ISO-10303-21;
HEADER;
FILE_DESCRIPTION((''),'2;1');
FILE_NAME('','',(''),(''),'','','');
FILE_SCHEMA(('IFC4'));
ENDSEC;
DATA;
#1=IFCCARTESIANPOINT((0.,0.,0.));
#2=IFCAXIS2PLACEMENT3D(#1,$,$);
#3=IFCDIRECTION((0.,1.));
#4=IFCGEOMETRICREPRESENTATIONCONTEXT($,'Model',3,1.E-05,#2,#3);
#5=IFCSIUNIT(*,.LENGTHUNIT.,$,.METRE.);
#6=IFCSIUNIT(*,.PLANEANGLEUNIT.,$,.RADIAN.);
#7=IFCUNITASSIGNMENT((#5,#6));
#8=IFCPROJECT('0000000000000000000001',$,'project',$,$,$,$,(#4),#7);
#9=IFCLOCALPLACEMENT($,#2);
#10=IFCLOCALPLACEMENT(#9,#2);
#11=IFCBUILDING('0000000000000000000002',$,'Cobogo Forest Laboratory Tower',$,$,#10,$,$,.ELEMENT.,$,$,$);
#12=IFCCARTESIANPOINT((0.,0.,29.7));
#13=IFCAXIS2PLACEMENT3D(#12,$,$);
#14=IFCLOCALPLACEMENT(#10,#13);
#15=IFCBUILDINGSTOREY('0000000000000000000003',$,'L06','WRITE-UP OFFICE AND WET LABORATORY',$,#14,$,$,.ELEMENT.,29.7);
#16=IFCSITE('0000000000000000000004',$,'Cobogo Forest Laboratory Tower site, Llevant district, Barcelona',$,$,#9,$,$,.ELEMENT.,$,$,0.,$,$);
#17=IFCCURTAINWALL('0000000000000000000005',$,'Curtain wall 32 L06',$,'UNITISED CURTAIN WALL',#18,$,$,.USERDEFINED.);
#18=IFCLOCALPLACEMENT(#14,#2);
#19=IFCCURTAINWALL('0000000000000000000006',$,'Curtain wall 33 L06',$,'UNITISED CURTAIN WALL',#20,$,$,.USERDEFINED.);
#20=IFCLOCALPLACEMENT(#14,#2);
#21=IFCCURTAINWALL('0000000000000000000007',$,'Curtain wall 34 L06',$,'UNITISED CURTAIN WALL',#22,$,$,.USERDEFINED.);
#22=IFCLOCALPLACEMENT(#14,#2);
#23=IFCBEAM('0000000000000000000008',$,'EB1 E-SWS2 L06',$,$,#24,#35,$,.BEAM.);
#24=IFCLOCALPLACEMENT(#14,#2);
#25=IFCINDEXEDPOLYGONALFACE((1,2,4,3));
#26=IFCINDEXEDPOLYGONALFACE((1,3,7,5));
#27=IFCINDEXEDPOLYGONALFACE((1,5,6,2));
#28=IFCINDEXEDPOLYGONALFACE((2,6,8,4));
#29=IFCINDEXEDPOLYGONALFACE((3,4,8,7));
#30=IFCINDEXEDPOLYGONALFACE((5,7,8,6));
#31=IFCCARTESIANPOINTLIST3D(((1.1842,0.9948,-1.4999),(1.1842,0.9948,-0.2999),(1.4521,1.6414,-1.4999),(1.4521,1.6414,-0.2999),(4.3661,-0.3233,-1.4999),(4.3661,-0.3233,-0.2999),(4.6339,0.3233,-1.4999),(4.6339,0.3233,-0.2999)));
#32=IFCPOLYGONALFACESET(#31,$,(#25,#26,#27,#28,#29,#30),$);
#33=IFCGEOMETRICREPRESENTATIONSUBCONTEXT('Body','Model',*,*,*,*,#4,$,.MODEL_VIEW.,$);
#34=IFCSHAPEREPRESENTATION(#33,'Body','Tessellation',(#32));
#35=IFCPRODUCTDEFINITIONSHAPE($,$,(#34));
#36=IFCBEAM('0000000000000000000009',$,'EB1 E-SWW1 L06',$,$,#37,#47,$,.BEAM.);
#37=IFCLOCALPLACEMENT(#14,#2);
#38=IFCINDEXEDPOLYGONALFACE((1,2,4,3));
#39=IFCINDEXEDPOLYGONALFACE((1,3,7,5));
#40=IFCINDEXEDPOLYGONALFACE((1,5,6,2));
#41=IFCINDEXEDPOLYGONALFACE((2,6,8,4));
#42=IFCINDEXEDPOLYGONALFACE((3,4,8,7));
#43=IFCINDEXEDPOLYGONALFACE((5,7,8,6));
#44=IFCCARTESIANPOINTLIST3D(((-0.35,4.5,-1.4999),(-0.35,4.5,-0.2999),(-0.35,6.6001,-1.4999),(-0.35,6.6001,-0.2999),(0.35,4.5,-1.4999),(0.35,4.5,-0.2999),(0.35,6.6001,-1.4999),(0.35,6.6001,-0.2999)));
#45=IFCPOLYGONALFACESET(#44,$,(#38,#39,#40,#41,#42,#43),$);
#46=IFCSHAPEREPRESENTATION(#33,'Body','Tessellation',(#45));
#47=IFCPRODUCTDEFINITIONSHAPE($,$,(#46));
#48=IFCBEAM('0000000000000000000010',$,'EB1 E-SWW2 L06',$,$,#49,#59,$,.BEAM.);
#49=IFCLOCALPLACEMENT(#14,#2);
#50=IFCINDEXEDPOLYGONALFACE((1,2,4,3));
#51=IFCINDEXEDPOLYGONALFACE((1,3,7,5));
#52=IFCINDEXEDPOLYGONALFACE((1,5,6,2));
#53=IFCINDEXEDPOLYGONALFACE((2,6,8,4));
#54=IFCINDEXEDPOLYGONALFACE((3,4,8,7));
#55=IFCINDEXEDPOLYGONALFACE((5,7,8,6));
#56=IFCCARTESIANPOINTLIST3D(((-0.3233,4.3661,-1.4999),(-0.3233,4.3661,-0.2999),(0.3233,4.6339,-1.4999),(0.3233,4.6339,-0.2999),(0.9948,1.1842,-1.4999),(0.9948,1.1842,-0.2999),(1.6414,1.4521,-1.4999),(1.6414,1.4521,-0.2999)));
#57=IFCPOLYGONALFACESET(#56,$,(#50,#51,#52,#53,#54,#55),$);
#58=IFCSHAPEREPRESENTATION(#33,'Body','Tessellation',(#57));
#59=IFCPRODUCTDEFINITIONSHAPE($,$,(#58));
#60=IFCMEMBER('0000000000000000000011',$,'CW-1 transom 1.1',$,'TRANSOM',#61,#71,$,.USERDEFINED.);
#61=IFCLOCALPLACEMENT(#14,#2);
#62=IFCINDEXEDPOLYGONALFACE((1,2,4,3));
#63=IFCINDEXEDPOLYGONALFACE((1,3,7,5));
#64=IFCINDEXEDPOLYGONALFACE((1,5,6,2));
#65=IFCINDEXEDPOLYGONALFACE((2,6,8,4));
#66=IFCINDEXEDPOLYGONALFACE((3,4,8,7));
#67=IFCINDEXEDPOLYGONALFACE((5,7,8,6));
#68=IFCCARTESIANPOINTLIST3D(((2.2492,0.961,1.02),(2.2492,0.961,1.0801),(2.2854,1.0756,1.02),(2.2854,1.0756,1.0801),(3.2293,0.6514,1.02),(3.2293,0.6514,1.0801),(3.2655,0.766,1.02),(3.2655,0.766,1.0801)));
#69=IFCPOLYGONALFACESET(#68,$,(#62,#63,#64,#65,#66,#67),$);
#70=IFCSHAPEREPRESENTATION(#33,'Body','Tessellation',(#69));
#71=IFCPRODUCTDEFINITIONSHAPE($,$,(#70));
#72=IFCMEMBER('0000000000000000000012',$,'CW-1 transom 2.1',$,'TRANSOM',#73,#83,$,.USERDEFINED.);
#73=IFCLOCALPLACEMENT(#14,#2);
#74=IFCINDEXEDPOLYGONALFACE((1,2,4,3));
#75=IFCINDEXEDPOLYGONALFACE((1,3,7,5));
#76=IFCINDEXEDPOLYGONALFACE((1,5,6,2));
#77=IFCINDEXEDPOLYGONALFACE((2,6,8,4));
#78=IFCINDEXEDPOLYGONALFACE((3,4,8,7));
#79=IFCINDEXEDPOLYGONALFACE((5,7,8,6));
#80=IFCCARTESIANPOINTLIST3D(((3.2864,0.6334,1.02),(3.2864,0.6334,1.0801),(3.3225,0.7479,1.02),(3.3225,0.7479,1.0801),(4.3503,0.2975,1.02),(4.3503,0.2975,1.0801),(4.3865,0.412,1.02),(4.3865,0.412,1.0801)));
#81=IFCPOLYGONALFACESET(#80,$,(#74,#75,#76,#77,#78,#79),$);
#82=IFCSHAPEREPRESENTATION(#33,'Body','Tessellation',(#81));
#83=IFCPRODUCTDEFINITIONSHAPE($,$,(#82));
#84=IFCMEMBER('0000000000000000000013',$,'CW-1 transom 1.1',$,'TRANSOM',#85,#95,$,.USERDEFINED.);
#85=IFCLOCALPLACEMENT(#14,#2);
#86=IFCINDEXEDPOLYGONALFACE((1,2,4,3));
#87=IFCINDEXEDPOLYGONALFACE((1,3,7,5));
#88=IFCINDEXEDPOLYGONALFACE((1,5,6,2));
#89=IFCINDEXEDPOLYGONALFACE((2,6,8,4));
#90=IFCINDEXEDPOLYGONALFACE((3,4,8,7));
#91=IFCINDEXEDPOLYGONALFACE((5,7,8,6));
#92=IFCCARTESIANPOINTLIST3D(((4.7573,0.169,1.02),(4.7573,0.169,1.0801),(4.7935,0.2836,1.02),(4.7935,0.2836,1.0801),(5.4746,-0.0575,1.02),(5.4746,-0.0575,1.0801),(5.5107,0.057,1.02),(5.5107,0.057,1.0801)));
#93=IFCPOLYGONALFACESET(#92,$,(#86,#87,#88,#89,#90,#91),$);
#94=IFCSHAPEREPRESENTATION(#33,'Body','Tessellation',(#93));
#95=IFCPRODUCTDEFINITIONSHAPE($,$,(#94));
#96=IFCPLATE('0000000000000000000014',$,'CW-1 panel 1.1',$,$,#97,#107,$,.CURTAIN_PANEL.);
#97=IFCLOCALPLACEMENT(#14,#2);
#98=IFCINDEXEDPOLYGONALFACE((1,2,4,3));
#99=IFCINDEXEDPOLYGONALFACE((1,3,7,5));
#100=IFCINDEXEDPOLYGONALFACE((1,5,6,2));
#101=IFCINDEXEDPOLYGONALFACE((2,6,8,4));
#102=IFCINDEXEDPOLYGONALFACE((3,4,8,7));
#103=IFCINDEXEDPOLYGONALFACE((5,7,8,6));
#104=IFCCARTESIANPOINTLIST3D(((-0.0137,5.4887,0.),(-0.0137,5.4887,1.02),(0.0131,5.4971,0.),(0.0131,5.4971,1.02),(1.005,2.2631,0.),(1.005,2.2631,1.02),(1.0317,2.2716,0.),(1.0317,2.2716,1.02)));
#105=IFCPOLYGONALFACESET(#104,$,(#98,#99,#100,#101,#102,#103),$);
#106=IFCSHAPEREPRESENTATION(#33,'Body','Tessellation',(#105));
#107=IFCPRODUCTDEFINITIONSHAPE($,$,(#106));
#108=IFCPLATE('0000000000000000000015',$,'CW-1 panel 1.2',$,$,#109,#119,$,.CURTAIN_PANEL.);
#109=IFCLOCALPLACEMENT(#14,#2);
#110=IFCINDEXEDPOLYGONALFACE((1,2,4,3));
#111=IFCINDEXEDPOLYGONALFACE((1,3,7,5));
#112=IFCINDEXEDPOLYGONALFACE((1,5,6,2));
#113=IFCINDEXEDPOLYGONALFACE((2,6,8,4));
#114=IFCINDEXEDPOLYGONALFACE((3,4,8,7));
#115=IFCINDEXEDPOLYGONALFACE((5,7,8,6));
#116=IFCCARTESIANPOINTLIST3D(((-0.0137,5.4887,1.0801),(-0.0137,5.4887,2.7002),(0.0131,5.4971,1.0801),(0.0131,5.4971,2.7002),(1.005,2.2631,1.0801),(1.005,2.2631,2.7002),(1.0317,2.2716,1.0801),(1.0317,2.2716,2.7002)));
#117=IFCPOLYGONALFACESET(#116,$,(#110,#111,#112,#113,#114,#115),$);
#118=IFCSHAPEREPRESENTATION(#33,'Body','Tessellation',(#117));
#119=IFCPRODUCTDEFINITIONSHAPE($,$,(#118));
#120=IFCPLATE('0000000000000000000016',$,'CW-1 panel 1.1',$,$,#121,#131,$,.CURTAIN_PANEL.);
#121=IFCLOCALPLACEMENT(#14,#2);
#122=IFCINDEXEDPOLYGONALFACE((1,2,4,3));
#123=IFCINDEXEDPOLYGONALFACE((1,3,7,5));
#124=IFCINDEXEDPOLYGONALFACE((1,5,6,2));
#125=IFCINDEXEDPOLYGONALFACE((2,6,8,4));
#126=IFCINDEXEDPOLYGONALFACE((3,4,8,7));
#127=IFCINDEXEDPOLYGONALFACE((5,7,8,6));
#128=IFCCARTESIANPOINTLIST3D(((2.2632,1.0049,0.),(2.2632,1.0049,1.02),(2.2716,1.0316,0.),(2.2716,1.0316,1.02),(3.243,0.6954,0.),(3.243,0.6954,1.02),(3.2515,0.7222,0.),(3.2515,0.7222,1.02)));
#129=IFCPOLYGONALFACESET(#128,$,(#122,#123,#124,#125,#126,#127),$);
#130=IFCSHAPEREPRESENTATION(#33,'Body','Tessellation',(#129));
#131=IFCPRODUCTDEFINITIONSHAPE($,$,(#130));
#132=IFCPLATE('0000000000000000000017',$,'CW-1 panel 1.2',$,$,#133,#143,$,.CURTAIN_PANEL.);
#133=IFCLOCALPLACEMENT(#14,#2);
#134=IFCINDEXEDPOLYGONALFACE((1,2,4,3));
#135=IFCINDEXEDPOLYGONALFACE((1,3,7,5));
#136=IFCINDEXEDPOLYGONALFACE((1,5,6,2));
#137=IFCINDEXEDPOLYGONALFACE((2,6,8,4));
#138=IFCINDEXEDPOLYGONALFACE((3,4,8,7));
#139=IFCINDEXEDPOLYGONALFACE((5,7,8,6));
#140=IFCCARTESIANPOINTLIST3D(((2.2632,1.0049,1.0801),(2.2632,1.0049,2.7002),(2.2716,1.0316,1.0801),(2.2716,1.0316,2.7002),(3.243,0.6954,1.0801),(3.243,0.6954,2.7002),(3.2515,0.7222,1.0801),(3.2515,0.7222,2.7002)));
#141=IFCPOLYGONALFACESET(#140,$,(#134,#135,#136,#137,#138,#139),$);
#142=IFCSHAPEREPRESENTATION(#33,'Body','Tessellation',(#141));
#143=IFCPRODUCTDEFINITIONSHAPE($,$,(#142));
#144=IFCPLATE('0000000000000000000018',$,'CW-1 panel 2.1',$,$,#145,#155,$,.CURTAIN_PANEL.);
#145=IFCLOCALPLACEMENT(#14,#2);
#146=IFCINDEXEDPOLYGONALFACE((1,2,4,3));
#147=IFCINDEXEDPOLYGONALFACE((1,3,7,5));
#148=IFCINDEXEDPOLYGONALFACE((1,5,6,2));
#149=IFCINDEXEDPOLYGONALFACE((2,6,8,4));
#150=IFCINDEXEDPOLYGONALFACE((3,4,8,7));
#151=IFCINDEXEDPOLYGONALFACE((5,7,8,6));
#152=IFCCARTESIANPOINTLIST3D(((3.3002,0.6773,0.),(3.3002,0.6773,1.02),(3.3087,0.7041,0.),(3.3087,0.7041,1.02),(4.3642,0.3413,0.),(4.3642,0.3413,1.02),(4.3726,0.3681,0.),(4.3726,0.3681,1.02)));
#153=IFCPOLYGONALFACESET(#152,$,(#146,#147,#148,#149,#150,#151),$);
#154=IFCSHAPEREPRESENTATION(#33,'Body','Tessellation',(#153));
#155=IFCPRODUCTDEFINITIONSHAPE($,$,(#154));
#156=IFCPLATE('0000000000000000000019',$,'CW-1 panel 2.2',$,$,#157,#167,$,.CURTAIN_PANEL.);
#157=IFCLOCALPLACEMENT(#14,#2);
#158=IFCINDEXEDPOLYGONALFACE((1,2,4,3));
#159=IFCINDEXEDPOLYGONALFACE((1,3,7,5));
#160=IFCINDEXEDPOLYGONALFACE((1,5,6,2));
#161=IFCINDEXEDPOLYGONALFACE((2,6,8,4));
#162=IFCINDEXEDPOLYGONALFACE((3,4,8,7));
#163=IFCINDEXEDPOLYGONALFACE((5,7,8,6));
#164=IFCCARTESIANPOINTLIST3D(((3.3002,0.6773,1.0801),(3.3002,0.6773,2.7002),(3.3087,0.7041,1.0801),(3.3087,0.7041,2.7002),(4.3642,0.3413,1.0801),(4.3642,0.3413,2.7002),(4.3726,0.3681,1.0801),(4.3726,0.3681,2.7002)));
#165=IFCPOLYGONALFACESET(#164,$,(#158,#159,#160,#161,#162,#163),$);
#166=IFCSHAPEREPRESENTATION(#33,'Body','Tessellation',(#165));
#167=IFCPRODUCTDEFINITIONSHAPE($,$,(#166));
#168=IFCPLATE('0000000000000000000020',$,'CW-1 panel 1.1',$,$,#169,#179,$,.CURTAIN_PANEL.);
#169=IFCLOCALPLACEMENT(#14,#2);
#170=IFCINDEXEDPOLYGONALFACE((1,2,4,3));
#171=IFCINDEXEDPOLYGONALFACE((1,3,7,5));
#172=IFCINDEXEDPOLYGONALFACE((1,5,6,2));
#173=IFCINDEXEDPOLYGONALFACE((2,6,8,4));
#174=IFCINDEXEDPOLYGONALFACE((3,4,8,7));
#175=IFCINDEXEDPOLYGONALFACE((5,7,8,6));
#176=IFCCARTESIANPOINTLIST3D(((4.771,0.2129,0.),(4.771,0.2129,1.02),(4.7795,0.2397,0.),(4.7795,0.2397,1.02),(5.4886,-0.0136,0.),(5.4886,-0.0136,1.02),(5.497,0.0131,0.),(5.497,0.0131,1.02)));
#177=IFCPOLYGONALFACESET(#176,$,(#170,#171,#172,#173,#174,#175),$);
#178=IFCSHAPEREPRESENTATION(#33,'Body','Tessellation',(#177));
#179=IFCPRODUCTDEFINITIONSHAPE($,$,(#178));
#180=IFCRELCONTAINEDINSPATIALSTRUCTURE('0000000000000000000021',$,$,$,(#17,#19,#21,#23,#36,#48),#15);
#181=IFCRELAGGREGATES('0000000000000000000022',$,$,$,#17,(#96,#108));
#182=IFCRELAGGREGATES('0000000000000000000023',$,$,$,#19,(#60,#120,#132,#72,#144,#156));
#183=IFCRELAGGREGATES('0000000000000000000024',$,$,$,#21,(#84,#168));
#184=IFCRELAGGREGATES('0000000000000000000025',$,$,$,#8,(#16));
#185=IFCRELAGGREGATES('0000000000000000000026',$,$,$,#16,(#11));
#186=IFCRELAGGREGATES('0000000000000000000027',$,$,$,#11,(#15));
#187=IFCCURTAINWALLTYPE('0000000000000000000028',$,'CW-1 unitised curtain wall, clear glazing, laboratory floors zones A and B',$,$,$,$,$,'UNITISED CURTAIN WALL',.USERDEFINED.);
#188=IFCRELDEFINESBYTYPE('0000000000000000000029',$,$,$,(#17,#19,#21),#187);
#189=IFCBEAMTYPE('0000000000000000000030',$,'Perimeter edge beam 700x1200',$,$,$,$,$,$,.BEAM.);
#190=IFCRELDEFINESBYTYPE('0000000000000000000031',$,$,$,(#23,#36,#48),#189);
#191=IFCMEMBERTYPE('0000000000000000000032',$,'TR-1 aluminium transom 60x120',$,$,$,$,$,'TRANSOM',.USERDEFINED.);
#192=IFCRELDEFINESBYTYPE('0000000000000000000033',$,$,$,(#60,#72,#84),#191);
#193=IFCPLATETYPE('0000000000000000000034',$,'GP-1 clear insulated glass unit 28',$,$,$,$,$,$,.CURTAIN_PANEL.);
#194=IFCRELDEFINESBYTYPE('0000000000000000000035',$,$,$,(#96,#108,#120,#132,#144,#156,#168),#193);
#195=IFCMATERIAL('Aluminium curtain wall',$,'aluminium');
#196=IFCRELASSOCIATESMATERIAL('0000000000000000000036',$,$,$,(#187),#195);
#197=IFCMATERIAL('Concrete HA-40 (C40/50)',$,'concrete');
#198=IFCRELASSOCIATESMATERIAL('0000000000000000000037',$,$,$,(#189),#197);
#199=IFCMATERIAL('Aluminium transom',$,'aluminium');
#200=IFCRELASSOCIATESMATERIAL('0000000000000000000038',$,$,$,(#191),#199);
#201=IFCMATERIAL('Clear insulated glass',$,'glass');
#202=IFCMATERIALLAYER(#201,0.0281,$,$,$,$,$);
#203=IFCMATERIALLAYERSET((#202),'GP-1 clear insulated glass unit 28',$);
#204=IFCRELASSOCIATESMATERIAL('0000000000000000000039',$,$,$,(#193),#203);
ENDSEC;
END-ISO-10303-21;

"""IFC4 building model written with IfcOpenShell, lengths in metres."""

from ifc_helpers import new_model, si_unit, direction, frame, origin, origin_2d, place, context, subcontext, project, spatial, rectangle, extrude, material, layer, layer_set, material_profile, profile_set, type_object, element, aggregate, save


model = new_model("IFC4")

# Units and contexts
model_context = context("Model", 3, precision=1e-05, world=origin(), true_north=direction((0.0, 1.0)))
body_context = subcontext(model_context, "Body", "Model", "MODEL_VIEW")
ifc_project = project(units=[si_unit("LENGTHUNIT", "METRE"), si_unit("PLANEANGLEUNIT", "RADIAN")], contexts=[model_context])

# Site, building, storey
site_placement = place(None, origin())
site = spatial("IfcSite", under=ifc_project, at=site_placement, Name="Cobogo Forest Laboratory Tower site, Llevant district, Barcelona", CompositionType="ELEMENT", RefElevation=0.0)
building_placement = place(site_placement, origin())
building = spatial("IfcBuilding", under=site, at=building_placement, Name="Cobogo Forest Laboratory Tower", CompositionType="ELEMENT")
storey_placement = place(building_placement, frame((0.0, 0.0, 29.7)))
storey = spatial("IfcBuildingStorey", under=building, at=storey_placement, Name="L06", Description="WRITE-UP OFFICE AND WET LABORATORY", CompositionType="ELEMENT", Elevation=29.7)

# Shared definitions
ifc_material_1 = material(Name="Concrete HA-40 (C40/50)", Category="concrete")

# Curtain wall
ifc_material_2 = material(Name="Aluminium curtain wall", Category="aluminium")
curtain_wall_type = type_object("IfcCurtainWallType", Name="CW-1 unitised curtain wall, clear glazing, laboratory floors zones A and B", ElementType="UNITISED CURTAIN WALL", PredefinedType="USERDEFINED", material=ifc_material_2)
curtain_wall_1_placement = place(storey_placement, origin())
curtain_wall_1 = element("IfcCurtainWall", 1, at=curtain_wall_1_placement, inside=storey, type_object=curtain_wall_type, Name="Curtain wall 32 L06", ObjectType="UNITISED CURTAIN WALL", PredefinedType="USERDEFINED")

# Curtain wall
curtain_wall_2_placement = place(storey_placement, origin())
curtain_wall_2 = element("IfcCurtainWall", 2, at=curtain_wall_2_placement, inside=storey, type_object=curtain_wall_type, Name="Curtain wall 33 L06", ObjectType="UNITISED CURTAIN WALL", PredefinedType="USERDEFINED")

# Curtain wall
curtain_wall_3_placement = place(storey_placement, origin())
curtain_wall_3 = element("IfcCurtainWall", 3, at=curtain_wall_3_placement, inside=storey, type_object=curtain_wall_type, Name="Curtain wall 34 L06", ObjectType="UNITISED CURTAIN WALL", PredefinedType="USERDEFINED")

# Beams
ifc_material_profile_1 = material_profile(ifc_material_1, rectangle(XDim=0.7, YDim=1.2, at=origin_2d()), Name="RC 700x1200")
ifc_profile_set_1 = profile_set([ifc_material_profile_1], Name="Concrete HA-40 (C40/50)")
beam_type_1 = type_object("IfcBeamType", Name="Perimeter edge beam 700x1200", PredefinedType="BEAM", material=ifc_profile_set_1)
beam_1_placement = place(storey_placement, frame((4.5, 0.0, -0.8999), z_axis=(-0.923866, 0.382717, 0.0), x_axis=(-0.382717, -0.923866, 0.0)))
element("IfcBeam", 4, at=beam_1_placement, inside=storey, type_object=beam_type_1, Name="EB1 E-SWS2 L06", PredefinedType="BEAM", context=body_context, shape_type="SweptSolid", body=[
    extrude(rectangle(XDim=0.7, YDim=1.2, at=origin_2d()), origin(), (0.0, 0.0, 1.0), 3.4441),
])
beam_2_placement = place(storey_placement, frame((0.0, 6.6001, -0.8999), z_axis=(0.0, -1.0, 0.0), x_axis=(1.0, 0.0, 0.0)))
element("IfcBeam", 5, at=beam_2_placement, inside=storey, type_object=beam_type_1, Name="EB1 E-SWW1 L06", PredefinedType="BEAM", context=body_context, shape_type="SweptSolid", body=[
    extrude(rectangle(XDim=0.7, YDim=1.2, at=origin_2d()), origin(), (0.0, 0.0, 1.0), 2.1001),
])
beam_3_placement = place(storey_placement, frame((0.0, 4.5, -0.8999), z_axis=(0.382717, -0.923866, 0.0), x_axis=(0.923866, 0.382717, 0.0)))
element("IfcBeam", 6, at=beam_3_placement, inside=storey, type_object=beam_type_1, Name="EB1 E-SWW2 L06", PredefinedType="BEAM", context=body_context, shape_type="SweptSolid", body=[
    extrude(rectangle(XDim=0.7, YDim=1.2, at=origin_2d()), origin(), (0.0, 0.0, 1.0), 3.4441),
])

# Members
ifc_material_3 = material(Name="Aluminium transom", Category="aluminium")
ifc_material_profile_2 = material_profile(ifc_material_3, rectangle(XDim=0.1201, YDim=0.0601, at=origin_2d()), Name="AL 60x120")
ifc_profile_set_2 = profile_set([ifc_material_profile_2], Name="Aluminium transom")
member_type_1 = type_object("IfcMemberType", Name="TR-1 aluminium transom 60x120", ElementType="TRANSOM", PredefinedType="USERDEFINED", material=ifc_profile_set_2)
member_1_placement = place(storey_placement, frame((2.2673, 1.0183, 1.05), z_axis=(0.953554, -0.301222, 0.0), x_axis=(0.301222, 0.953554, 0.0)))
member_1 = element("IfcMember", 7, at=member_1_placement, type_object=member_type_1, Name="CW-1 transom 1.1", ObjectType="TRANSOM", PredefinedType="USERDEFINED", context=body_context, shape_type="SweptSolid", body=[
    extrude(rectangle(XDim=0.1201, YDim=0.0601, at=origin_2d()), origin(), (0.0, 0.0, 1.0), 1.0278),
])
member_2_placement = place(storey_placement, frame((3.3044, 0.6907, 1.05), z_axis=(0.953596, -0.301089, 0.0), x_axis=(0.301089, 0.953596, 0.0)))
member_2 = element("IfcMember", 8, at=member_2_placement, type_object=member_type_1, Name="CW-1 transom 2.1", ObjectType="TRANSOM", PredefinedType="USERDEFINED", context=body_context, shape_type="SweptSolid", body=[
    extrude(rectangle(XDim=0.1201, YDim=0.0601, at=origin_2d()), origin(), (0.0, 0.0, 1.0), 1.1157),
])
member_3_placement = place(storey_placement, frame((4.7754, 0.2263, 1.05), z_axis=(0.953563, -0.301194, 0.0), x_axis=(0.301194, 0.953563, 0.0)))
member_3 = element("IfcMember", 9, at=member_3_placement, type_object=member_type_1, Name="CW-1 transom 1.1", ObjectType="TRANSOM", PredefinedType="USERDEFINED", context=body_context, shape_type="SweptSolid", body=[
    extrude(rectangle(XDim=0.1201, YDim=0.0601, at=origin_2d()), origin(), (0.0, 0.0, 1.0), 0.7522),
])

# Plates
ifc_material_4 = material(Name="Clear insulated glass", Category="glass")
ifc_layer_1 = layer(ifc_material_4, 0.0281)
ifc_layer_set_1 = layer_set([ifc_layer_1], Name="GP-1 clear insulated glass unit 28")
plate_type = type_object("IfcPlateType", Name="GP-1 clear insulated glass unit 28", PredefinedType="CURTAIN_PANEL", material=ifc_layer_set_1)
plate_1_placement = place(storey_placement, frame((0.509, 3.8801, 0.0), z_axis=(0.0, 0.0, 1.0), x_axis=(0.301135, -0.953581, 0.0)))
plate_1 = element("IfcPlate", 10, at=plate_1_placement, type_object=plate_type, Name="CW-1 panel 1.1", PredefinedType="CURTAIN_PANEL", context=body_context, shape_type="SweptSolid", body=[
    extrude(rectangle(XDim=3.3826, YDim=0.0281, at=origin_2d()), origin(), (0.0, 0.0, 1.0), 1.02),
])
plate_2_placement = place(storey_placement, frame((0.509, 3.8801, 1.0801), z_axis=(0.0, 0.0, 1.0), x_axis=(0.301135, -0.953581, 0.0)))
plate_2 = element("IfcPlate", 11, at=plate_2_placement, type_object=plate_type, Name="CW-1 panel 1.2", PredefinedType="CURTAIN_PANEL", context=body_context, shape_type="SweptSolid", body=[
    extrude(rectangle(XDim=3.3826, YDim=0.0281, at=origin_2d()), origin(), (0.0, 0.0, 1.0), 1.6201),
])
aggregate(curtain_wall_1, [plate_1, plate_2])
plate_3_placement = place(storey_placement, frame((2.7573, 0.8635, 0.0), z_axis=(0.0, 0.0, 1.0), x_axis=(0.953581, -0.301135, 0.0)))
plate_3 = element("IfcPlate", 12, at=plate_3_placement, type_object=plate_type, Name="CW-1 panel 1.1", PredefinedType="CURTAIN_PANEL", context=body_context, shape_type="SweptSolid", body=[
    extrude(rectangle(XDim=1.0276, YDim=0.0281, at=origin_2d()), origin(), (0.0, 0.0, 1.0), 1.02),
])
plate_4_placement = place(storey_placement, frame((2.7573, 0.8635, 1.0801), z_axis=(0.0, 0.0, 1.0), x_axis=(0.953581, -0.301135, 0.0)))
plate_4 = element("IfcPlate", 13, at=plate_4_placement, type_object=plate_type, Name="CW-1 panel 1.2", PredefinedType="CURTAIN_PANEL", context=body_context, shape_type="SweptSolid", body=[
    extrude(rectangle(XDim=1.0276, YDim=0.0281, at=origin_2d()), origin(), (0.0, 0.0, 1.0), 1.6201),
])
plate_5_placement = place(storey_placement, frame((3.8364, 0.5227, 0.0), z_axis=(0.0, 0.0, 1.0), x_axis=(0.953581, -0.301135, 0.0)))
plate_5 = element("IfcPlate", 14, at=plate_5_placement, type_object=plate_type, Name="CW-1 panel 2.1", PredefinedType="CURTAIN_PANEL", context=body_context, shape_type="SweptSolid", body=[
    extrude(rectangle(XDim=1.1157, YDim=0.0281, at=origin_2d()), origin(), (0.0, 0.0, 1.0), 1.02),
])
plate_6_placement = place(storey_placement, frame((3.8364, 0.5227, 1.0801), z_axis=(0.0, 0.0, 1.0), x_axis=(0.953581, -0.301135, 0.0)))
plate_6 = element("IfcPlate", 15, at=plate_6_placement, type_object=plate_type, Name="CW-1 panel 2.2", PredefinedType="CURTAIN_PANEL", context=body_context, shape_type="SweptSolid", body=[
    extrude(rectangle(XDim=1.1157, YDim=0.0281, at=origin_2d()), origin(), (0.0, 0.0, 1.0), 1.6201),
])
aggregate(curtain_wall_2, [member_1, plate_3, plate_4, member_2, plate_5, plate_6])
plate_7_placement = place(storey_placement, frame((5.134, 0.113, 0.0), z_axis=(0.0, 0.0, 1.0), x_axis=(0.953582, -0.301135, 0.0)))
plate_7 = element("IfcPlate", 16, at=plate_7_placement, type_object=plate_type, Name="CW-1 panel 1.1", PredefinedType="CURTAIN_PANEL", context=body_context, shape_type="SweptSolid", body=[
    extrude(rectangle(XDim=0.7524, YDim=0.0281, at=origin_2d()), origin(), (0.0, 0.0, 1.0), 1.02),
])
aggregate(curtain_wall_3, [member_3, plate_7])

save(model, "model.ifc")
